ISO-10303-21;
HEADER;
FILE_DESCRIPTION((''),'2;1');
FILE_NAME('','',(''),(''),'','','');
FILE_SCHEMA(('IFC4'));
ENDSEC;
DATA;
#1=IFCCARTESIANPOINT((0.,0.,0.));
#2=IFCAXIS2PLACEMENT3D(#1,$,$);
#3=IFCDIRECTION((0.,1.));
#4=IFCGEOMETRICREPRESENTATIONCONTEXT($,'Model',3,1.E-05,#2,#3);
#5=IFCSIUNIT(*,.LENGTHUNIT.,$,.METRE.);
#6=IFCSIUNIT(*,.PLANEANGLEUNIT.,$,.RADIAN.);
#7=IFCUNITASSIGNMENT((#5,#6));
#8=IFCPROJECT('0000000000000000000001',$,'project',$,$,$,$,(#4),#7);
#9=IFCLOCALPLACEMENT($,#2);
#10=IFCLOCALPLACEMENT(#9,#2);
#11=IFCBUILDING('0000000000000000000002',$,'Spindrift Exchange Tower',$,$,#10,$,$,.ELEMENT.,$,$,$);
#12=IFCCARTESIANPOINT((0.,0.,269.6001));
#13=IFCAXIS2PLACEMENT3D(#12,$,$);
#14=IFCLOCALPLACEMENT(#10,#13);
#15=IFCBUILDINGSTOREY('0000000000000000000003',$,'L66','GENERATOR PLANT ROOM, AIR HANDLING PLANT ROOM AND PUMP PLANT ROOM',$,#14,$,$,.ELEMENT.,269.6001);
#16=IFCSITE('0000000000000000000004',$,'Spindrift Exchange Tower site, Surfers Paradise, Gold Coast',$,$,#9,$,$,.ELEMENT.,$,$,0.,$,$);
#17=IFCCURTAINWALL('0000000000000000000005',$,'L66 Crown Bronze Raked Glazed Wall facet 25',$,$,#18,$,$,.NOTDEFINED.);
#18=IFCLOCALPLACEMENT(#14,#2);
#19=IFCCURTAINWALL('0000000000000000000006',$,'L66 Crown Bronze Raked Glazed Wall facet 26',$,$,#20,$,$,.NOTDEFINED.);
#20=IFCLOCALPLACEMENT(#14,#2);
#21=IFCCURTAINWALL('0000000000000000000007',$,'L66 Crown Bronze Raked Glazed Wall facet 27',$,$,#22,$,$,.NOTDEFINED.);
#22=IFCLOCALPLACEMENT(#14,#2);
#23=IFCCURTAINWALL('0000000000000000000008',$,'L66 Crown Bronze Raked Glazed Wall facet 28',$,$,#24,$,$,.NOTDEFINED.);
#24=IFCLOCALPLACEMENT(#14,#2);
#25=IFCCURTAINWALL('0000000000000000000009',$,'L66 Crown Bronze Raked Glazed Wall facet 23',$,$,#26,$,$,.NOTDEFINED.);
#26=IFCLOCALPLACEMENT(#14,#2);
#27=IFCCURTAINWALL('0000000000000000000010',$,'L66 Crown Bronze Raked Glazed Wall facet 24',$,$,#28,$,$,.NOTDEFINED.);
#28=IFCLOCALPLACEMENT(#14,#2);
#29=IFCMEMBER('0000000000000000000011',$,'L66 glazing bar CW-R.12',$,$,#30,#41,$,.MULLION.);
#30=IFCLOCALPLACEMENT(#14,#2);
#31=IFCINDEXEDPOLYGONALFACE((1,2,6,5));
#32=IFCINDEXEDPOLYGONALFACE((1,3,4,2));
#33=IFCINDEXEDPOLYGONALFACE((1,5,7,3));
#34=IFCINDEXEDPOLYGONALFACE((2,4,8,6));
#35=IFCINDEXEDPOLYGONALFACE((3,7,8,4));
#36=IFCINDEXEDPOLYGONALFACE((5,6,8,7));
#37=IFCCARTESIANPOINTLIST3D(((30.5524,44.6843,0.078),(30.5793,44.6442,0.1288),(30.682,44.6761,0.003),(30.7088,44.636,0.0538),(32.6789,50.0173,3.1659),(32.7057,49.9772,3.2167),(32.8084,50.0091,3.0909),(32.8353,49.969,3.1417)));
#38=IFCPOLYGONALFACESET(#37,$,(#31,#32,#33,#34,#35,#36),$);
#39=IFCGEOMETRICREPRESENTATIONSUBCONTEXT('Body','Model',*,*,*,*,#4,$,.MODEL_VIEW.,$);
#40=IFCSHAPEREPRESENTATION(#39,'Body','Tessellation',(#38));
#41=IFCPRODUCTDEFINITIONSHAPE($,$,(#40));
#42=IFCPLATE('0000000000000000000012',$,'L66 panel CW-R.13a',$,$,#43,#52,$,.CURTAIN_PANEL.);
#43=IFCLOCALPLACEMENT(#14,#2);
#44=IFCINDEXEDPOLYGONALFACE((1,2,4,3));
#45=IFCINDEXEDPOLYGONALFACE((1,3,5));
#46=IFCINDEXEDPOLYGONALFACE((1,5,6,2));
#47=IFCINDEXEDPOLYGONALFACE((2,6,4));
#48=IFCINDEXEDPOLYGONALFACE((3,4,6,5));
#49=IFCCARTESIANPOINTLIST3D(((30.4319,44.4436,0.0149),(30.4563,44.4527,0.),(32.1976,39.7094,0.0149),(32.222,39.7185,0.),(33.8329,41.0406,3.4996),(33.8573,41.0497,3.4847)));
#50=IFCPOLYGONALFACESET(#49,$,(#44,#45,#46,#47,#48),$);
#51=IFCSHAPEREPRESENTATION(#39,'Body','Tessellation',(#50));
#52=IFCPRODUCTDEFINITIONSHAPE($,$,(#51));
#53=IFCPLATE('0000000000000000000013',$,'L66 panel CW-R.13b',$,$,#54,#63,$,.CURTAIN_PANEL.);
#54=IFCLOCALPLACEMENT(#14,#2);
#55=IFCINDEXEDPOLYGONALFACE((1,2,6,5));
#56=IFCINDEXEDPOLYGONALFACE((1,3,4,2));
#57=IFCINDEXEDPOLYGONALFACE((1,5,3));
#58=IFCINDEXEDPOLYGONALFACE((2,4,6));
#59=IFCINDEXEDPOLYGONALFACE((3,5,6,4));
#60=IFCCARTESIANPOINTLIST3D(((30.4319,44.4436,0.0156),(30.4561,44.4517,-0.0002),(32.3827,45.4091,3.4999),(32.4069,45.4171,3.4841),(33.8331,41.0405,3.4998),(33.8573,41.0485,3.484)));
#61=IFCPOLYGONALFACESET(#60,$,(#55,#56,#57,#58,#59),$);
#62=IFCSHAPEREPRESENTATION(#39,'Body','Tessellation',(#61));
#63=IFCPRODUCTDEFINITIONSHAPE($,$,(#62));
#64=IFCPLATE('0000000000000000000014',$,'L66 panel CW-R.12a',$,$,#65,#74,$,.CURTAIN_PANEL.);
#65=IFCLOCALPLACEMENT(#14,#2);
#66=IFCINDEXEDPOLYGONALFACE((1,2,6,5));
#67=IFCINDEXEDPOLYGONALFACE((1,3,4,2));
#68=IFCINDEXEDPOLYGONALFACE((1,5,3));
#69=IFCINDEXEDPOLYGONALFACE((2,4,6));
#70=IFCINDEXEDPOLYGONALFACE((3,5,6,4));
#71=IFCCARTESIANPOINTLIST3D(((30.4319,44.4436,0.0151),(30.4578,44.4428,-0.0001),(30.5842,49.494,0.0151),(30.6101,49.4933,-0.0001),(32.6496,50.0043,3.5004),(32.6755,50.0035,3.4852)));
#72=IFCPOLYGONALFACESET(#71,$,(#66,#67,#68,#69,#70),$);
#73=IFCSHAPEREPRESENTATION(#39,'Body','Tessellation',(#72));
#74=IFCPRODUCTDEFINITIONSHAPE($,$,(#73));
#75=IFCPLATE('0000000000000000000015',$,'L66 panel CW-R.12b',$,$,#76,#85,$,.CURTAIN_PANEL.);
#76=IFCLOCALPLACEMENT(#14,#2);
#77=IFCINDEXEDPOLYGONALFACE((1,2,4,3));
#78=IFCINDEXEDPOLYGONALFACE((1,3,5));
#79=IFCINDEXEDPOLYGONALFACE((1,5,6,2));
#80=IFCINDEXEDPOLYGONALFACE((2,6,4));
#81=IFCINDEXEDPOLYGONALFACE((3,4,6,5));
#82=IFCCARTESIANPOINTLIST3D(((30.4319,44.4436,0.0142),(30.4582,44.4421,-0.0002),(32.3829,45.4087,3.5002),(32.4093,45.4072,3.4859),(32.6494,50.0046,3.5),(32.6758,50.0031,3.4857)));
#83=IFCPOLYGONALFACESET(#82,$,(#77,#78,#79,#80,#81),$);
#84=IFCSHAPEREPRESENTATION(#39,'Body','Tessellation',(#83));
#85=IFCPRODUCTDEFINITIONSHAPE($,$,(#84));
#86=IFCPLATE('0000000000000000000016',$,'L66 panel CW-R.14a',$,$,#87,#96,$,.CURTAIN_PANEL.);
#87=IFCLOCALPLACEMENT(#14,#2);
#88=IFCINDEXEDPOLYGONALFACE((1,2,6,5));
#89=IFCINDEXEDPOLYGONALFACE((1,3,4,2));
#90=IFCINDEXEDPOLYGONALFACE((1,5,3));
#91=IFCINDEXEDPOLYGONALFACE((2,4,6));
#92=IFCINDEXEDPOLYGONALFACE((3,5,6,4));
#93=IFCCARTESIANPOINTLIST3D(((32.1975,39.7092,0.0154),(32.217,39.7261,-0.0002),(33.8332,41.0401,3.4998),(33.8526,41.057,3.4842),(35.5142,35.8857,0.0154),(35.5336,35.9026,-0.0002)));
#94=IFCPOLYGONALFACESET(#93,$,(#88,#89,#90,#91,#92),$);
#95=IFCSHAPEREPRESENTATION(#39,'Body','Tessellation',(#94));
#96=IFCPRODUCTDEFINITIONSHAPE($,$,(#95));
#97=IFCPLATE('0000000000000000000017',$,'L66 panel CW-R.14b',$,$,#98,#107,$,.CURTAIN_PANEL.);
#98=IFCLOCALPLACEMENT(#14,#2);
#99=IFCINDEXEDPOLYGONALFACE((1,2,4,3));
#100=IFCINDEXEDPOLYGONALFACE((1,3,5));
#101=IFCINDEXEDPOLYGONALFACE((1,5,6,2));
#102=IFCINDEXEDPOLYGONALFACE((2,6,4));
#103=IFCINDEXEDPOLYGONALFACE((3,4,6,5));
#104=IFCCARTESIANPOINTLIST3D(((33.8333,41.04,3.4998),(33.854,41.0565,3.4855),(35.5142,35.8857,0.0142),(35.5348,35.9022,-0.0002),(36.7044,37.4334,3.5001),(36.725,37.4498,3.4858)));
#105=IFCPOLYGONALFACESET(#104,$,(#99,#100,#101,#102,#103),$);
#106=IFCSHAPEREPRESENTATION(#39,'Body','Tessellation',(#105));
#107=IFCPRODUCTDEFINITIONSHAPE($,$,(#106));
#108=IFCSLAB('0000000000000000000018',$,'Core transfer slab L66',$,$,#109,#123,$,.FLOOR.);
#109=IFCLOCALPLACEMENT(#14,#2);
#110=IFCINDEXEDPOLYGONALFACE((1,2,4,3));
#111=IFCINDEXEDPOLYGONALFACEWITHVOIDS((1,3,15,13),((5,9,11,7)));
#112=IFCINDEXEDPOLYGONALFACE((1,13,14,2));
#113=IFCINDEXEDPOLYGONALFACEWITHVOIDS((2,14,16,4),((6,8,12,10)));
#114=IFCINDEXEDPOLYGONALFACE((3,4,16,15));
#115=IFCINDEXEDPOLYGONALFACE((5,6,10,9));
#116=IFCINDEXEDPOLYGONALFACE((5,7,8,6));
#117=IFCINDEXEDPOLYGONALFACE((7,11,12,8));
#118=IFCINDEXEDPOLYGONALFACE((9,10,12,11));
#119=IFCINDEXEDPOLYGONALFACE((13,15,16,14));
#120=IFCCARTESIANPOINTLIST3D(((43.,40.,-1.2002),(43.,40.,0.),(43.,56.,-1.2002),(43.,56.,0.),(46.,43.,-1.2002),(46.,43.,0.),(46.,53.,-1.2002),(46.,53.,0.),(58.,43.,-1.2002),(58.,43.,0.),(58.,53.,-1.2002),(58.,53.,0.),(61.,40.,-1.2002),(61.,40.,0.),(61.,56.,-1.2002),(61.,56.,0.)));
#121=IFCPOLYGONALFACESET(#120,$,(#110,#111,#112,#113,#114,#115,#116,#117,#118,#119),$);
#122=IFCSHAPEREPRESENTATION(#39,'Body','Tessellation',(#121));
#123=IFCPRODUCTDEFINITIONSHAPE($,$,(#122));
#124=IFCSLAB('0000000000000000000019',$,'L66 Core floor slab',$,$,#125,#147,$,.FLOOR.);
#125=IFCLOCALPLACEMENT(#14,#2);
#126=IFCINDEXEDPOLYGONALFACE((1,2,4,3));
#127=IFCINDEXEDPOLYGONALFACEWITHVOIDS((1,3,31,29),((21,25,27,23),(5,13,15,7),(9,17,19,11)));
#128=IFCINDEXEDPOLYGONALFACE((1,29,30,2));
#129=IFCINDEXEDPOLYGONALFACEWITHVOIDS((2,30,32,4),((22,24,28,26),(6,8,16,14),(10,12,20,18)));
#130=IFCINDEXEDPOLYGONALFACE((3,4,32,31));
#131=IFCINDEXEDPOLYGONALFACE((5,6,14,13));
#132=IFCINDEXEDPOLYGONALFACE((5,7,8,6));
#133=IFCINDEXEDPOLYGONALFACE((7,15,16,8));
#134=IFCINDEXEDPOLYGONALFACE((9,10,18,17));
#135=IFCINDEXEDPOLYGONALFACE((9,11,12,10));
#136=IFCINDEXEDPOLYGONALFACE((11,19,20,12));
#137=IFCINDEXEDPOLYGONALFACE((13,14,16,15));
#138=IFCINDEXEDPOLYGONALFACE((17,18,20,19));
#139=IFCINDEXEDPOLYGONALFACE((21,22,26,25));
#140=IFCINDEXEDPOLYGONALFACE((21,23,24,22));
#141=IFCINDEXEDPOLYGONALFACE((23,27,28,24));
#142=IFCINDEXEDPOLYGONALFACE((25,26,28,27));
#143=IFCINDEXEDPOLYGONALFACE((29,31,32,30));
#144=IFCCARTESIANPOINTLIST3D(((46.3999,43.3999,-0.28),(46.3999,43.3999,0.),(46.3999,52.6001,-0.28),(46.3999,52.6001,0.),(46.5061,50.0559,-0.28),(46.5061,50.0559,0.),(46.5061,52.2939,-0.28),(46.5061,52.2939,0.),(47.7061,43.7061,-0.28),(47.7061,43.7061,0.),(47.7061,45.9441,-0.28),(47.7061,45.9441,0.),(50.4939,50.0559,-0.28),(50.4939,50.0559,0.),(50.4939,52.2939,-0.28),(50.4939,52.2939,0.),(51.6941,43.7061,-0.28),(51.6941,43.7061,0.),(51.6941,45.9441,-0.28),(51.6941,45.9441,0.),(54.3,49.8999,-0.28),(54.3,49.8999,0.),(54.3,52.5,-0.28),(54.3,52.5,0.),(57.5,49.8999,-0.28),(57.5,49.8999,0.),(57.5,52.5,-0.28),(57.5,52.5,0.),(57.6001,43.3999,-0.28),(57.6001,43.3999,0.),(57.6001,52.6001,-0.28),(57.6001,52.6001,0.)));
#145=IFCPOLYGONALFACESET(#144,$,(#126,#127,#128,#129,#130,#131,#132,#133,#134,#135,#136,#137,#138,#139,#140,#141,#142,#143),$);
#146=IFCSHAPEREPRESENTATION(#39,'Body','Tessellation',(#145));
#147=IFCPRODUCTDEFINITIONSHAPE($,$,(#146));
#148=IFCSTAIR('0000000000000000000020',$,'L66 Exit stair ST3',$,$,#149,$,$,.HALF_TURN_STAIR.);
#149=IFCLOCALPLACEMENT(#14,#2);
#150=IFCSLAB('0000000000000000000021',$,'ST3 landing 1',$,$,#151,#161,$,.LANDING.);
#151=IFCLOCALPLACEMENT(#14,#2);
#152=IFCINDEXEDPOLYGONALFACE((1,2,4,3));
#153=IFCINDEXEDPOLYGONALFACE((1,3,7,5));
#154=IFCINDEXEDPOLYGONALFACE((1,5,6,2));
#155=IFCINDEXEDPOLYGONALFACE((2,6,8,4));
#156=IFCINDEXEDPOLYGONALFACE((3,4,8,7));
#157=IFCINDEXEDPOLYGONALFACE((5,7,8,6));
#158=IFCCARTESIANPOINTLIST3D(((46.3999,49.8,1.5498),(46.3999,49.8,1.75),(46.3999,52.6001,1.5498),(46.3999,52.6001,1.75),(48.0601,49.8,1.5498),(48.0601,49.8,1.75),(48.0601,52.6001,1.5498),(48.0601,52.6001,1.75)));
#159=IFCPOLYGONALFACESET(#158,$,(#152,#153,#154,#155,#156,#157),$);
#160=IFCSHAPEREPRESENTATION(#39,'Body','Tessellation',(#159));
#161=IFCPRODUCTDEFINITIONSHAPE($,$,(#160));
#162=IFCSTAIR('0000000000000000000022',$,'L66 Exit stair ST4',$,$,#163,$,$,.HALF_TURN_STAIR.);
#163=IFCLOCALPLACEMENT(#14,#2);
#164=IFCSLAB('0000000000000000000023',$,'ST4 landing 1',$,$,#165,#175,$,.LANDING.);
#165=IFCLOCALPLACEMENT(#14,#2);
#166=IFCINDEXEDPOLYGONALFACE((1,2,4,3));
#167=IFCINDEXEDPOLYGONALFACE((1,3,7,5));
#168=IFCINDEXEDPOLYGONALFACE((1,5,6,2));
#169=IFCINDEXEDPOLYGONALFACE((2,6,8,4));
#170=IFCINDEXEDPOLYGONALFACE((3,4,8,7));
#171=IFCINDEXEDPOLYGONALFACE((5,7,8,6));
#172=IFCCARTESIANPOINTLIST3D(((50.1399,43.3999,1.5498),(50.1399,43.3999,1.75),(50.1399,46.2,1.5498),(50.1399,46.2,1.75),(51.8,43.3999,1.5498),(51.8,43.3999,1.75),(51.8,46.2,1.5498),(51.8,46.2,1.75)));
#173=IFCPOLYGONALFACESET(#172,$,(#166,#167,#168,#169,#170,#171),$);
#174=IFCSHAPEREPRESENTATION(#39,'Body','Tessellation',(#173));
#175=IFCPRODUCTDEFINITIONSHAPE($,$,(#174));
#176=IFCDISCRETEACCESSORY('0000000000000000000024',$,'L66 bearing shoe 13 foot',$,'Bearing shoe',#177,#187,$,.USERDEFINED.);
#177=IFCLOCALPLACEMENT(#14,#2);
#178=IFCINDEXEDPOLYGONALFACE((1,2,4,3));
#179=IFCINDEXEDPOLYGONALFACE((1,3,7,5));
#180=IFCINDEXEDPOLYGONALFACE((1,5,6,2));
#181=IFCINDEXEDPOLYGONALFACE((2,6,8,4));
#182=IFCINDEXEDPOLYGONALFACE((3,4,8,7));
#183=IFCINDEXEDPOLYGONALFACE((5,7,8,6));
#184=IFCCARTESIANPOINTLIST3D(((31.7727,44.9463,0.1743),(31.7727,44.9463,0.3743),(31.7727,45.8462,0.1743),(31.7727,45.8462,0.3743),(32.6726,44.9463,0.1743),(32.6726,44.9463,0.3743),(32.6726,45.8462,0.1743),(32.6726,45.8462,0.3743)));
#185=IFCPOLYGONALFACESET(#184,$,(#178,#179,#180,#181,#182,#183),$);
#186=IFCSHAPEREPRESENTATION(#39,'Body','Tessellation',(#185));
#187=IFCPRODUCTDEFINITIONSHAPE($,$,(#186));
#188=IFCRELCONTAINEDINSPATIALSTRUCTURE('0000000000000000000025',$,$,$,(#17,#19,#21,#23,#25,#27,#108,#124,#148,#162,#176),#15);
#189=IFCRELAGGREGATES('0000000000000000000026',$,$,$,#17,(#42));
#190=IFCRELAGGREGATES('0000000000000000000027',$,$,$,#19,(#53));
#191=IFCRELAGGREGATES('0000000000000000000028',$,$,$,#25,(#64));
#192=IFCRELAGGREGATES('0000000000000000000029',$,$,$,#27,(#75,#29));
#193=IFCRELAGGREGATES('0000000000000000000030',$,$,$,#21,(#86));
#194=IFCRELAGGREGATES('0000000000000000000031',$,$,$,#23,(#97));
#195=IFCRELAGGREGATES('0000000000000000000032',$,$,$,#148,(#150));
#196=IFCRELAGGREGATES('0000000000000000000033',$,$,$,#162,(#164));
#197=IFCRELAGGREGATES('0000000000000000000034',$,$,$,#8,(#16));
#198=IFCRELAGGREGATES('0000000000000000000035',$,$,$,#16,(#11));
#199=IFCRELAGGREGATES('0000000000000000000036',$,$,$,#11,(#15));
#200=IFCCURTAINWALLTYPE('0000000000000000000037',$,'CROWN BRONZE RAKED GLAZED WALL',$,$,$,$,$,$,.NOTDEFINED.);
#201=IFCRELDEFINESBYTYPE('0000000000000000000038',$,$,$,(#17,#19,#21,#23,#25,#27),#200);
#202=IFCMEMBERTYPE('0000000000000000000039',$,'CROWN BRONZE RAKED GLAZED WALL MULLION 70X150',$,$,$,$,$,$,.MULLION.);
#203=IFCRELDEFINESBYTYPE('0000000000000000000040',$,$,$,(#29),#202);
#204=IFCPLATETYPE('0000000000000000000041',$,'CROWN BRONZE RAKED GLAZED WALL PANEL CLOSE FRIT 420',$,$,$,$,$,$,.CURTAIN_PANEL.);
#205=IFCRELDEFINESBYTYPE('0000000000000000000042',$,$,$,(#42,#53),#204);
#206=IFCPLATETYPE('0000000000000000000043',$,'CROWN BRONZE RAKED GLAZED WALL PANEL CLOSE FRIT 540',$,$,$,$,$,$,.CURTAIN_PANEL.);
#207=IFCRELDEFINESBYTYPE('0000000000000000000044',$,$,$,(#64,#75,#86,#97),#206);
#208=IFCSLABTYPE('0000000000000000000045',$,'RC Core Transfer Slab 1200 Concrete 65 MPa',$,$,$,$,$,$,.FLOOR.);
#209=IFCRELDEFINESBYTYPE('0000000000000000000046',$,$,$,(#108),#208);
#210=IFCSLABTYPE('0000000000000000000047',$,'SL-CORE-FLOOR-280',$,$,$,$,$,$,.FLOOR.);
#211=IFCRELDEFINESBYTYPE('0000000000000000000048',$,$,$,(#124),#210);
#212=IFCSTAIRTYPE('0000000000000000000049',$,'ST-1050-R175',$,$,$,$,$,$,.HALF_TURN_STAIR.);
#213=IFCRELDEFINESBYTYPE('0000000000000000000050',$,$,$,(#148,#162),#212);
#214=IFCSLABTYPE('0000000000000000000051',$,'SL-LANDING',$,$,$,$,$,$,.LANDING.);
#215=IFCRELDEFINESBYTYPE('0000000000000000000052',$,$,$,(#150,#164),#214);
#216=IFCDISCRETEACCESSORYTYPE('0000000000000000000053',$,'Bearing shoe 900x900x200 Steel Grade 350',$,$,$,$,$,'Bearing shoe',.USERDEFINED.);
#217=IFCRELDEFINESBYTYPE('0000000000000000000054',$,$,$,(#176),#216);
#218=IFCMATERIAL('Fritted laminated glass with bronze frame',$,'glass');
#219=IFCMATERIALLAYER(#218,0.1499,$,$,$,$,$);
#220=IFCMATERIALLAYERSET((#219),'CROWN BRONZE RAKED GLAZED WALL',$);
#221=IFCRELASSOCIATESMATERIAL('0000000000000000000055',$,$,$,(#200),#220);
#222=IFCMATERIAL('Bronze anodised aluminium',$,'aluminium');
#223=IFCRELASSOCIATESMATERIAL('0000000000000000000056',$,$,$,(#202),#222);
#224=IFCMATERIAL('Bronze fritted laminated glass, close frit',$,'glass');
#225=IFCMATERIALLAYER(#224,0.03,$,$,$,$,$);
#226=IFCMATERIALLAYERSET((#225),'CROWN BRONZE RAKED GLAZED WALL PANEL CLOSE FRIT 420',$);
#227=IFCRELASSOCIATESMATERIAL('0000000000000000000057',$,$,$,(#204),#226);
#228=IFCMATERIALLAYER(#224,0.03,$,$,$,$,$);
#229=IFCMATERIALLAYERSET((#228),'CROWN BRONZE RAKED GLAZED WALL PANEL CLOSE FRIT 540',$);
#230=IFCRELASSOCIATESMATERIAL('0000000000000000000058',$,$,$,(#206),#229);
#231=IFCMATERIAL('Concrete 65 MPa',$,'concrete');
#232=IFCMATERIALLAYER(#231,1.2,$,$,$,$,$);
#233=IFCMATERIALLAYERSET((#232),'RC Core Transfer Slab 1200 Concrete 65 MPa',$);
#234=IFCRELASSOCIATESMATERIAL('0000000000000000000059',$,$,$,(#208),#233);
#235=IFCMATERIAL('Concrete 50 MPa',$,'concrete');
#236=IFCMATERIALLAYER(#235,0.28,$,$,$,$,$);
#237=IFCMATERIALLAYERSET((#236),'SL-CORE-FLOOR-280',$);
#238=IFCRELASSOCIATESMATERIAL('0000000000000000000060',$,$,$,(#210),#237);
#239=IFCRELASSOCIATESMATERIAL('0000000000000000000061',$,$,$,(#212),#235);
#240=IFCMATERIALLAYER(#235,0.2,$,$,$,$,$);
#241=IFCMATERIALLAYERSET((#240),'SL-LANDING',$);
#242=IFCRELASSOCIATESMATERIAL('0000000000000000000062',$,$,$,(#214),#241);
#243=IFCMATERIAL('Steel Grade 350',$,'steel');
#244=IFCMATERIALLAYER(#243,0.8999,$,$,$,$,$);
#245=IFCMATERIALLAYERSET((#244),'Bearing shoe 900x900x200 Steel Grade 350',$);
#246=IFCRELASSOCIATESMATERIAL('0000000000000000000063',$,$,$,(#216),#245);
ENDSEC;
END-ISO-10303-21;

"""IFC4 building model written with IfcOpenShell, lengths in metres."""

from ifc_helpers import new_model, si_unit, direction, frame, origin, origin_2d, place, context, subcontext, project, spatial, line, indexed_curve, rectangle, outline, extrude, source, transform, mapped, material, layer, layer_set, material_profile, profile_set, type_object, element, aggregate, save


model = new_model("IFC4")

# Units and contexts
model_context = context("Model", 3, precision=1e-05, world=origin(), true_north=direction((0.0, 1.0)))
body_context = subcontext(model_context, "Body", "Model", "MODEL_VIEW")
ifc_project = project(units=[si_unit("LENGTHUNIT", "METRE"), si_unit("PLANEANGLEUNIT", "RADIAN")], contexts=[model_context])

# Site, building, storey
site_placement = place(None, origin())
site = spatial("IfcSite", under=ifc_project, at=site_placement, Name="Spindrift Exchange Tower site, Surfers Paradise, Gold Coast", CompositionType="ELEMENT", RefElevation=0.0)
building_placement = place(site_placement, origin())
building = spatial("IfcBuilding", under=site, at=building_placement, Name="Spindrift Exchange Tower", CompositionType="ELEMENT")
storey_placement = place(building_placement, frame((0.0, 0.0, 269.6001)))
storey = spatial("IfcBuildingStorey", under=building, at=storey_placement, Name="L66", Description="GENERATOR PLANT ROOM, AIR HANDLING PLANT ROOM AND PUMP PLANT ROOM", CompositionType="ELEMENT", Elevation=269.6001)

# Curtain wall
ifc_material_1 = material(Name="Fritted laminated glass with bronze frame", Category="glass")
ifc_layer_1 = layer(ifc_material_1, 0.1499)
ifc_layer_set_1 = layer_set([ifc_layer_1], Name="CROWN BRONZE RAKED GLAZED WALL")
curtain_wall_type = type_object("IfcCurtainWallType", Name="CROWN BRONZE RAKED GLAZED WALL", PredefinedType="NOTDEFINED", material=ifc_layer_set_1)
curtain_wall_1_placement = place(storey_placement, origin())
curtain_wall_1 = element("IfcCurtainWall", 1, at=curtain_wall_1_placement, inside=storey, type_object=curtain_wall_type, Name="L66 Crown Bronze Raked Glazed Wall facet 25", PredefinedType="NOTDEFINED")
ifc_material_2 = material(Name="Bronze anodised aluminium", Category="aluminium")

# Curtain wall
curtain_wall_2_placement = place(storey_placement, origin())
curtain_wall_2 = element("IfcCurtainWall", 2, at=curtain_wall_2_placement, inside=storey, type_object=curtain_wall_type, Name="L66 Crown Bronze Raked Glazed Wall facet 26", PredefinedType="NOTDEFINED")
ifc_material_profile_1 = material_profile(ifc_material_2, rectangle(XDim=0.0701, YDim=0.1499, at=origin_2d()), Name="CROWN BRONZE RAKED GLAZED WALL MULLION 70X150")
ifc_profile_set_1 = profile_set([ifc_material_profile_1], Name="Bronze anodised aluminium")
member_type_1 = type_object("IfcMemberType", Name="CROWN BRONZE RAKED GLAZED WALL MULLION 70X150", PredefinedType="MULLION", material=ifc_profile_set_1)

# Curtain walls
curtain_wall_3_placement = place(storey_placement, origin())
curtain_wall_3 = element("IfcCurtainWall", 3, at=curtain_wall_3_placement, inside=storey, type_object=curtain_wall_type, Name="L66 Crown Bronze Raked Glazed Wall facet 27", PredefinedType="NOTDEFINED")
curtain_wall_4_placement = place(storey_placement, origin())
curtain_wall_4 = element("IfcCurtainWall", 4, at=curtain_wall_4_placement, inside=storey, type_object=curtain_wall_type, Name="L66 Crown Bronze Raked Glazed Wall facet 28", PredefinedType="NOTDEFINED")

# Curtain wall
curtain_wall_5_placement = place(storey_placement, origin())
curtain_wall_5 = element("IfcCurtainWall", 5, at=curtain_wall_5_placement, inside=storey, type_object=curtain_wall_type, Name="L66 Crown Bronze Raked Glazed Wall facet 23", PredefinedType="NOTDEFINED")

# Curtain wall, member
curtain_wall_6_placement = place(storey_placement, origin())
curtain_wall_6 = element("IfcCurtainWall", 6, at=curtain_wall_6_placement, inside=storey, type_object=curtain_wall_type, Name="L66 Crown Bronze Raked Glazed Wall facet 24", PredefinedType="NOTDEFINED")
shared_shape_1 = source(origin(), body_context, "Body", "SweptSolid", [
    extrude(rectangle(XDim=0.0701, YDim=0.1499, at=origin_2d()), origin(), (0.0, 0.0, 1.0), 6.519),
])
member_1_placement = place(storey_placement, frame((30.6306, 44.6602, 0.0659), z_axis=(0.326193, 0.818066, 0.473673), x_axis=(-0.383072, 0.572487, -0.724924)))
member_1 = element("IfcMember", 7, at=member_1_placement, type_object=member_type_1, Name="L66 glazing bar CW-R.12", PredefinedType="MULLION", context=body_context, shape_type="MappedRepresentation", body=[
    mapped(shared_shape_1, transform((0.0, 0.0, 0.0), scale=1.0)),
])

# Plates
ifc_material_3 = material(Name="Bronze fritted laminated glass, close frit", Category="glass")
ifc_layer_2 = layer(ifc_material_3, 0.03)
ifc_layer_set_2 = layer_set([ifc_layer_2], Name="CROWN BRONZE RAKED GLAZED WALL PANEL CLOSE FRIT 420")
plate_type_1 = type_object("IfcPlateType", Name="CROWN BRONZE RAKED GLAZED WALL PANEL CLOSE FRIT 420", PredefinedType="CURTAIN_PANEL", material=ifc_layer_set_2)
plate_1_placement = place(storey_placement, frame((30.4319, 44.4436, 0.0149), z_axis=(-0.812887, -0.303182, 0.497288), x_axis=(0.349455, -0.936953, 0.0)))
plate_1 = element("IfcPlate", 8, at=plate_1_placement, type_object=plate_type_1, Name="L66 panel CW-R.13a", PredefinedType="CURTAIN_PANEL", context=body_context, shape_type="SweptSolid", body=[
    extrude(outline(indexed_curve([(0.0, 0.0), (5.0527, 0.0), (4.377, 4.0166)], segments=[line(1, 2, 3, 1)], self_intersect=False)), origin(), (0.0, 0.0, -1.0), 0.03),
])
aggregate(curtain_wall_1, [plate_1])
plate_2_placement = place(storey_placement, frame((30.4319, 44.4436, 0.0156), z_axis=(-0.807084, -0.267961, 0.52613), x_axis=(0.572546, -0.572875, 0.586519)))
plate_2 = element("IfcPlate", 9, at=plate_2_placement, type_object=plate_type_1, Name="L66 panel CW-R.13b", PredefinedType="CURTAIN_PANEL", context=body_context, shape_type="SweptSolid", body=[
    extrude(outline(indexed_curve([(0.0, 0.0), (5.9404, 0.0), (2.6074, 3.1748)], segments=[line(1, 2, 3, 1)], self_intersect=False)), origin(), (0.0, 0.0, -1.0), 0.03),
])
aggregate(curtain_wall_2, [plate_2])
ifc_layer_3 = layer(ifc_material_3, 0.03)
ifc_layer_set_3 = layer_set([ifc_layer_3], Name="CROWN BRONZE RAKED GLAZED WALL PANEL CLOSE FRIT 540")
plate_type_2 = type_object("IfcPlateType", Name="CROWN BRONZE RAKED GLAZED WALL PANEL CLOSE FRIT 540", PredefinedType="CURTAIN_PANEL", material=ifc_layer_set_3)
plate_3_placement = place(storey_placement, frame((30.4319, 44.4436, 0.0151), z_axis=(-0.861657, 0.02599, 0.506826), x_axis=(0.030149, 0.999545, 0.0)))
plate_3 = element("IfcPlate", 10, at=plate_3_placement, type_object=plate_type_2, Name="L66 panel CW-R.12a", PredefinedType="CURTAIN_PANEL", context=body_context, shape_type="SweptSolid", body=[
    extrude(outline(indexed_curve([(0.0, 0.0), (5.0527, 0.0), (5.625, -4.043)], segments=[line(1, 2, 3, 1)], self_intersect=False)), origin(), (0.0, 0.0, -1.0), 0.03),
])
aggregate(curtain_wall_5, [plate_3])
plate_4_placement = place(storey_placement, frame((30.4319, 44.4436, 0.0142), z_axis=(-0.877438, 0.050901, 0.476982), x_axis=(0.320094, 0.80272, 0.503171)))
plate_4 = element("IfcPlate", 11, at=plate_4_placement, type_object=plate_type_2, Name="L66 panel CW-R.12b", PredefinedType="CURTAIN_PANEL", context=body_context, shape_type="SweptSolid", body=[
    extrude(outline(indexed_curve([(0.0, 0.0), (6.9277, 0.0), (3.1533, -2.6357)], segments=[line(1, 2, 3, 1)], self_intersect=False)), origin(), (0.0, 0.0, -1.0), 0.03),
])
aggregate(curtain_wall_6, [plate_4, member_1])
plate_5_placement = place(storey_placement, frame((35.5142, 35.8857, 0.0154), z_axis=(-0.646354, -0.560669, 0.517568), x_axis=(-0.655261, 0.755403, 0.0)))
plate_5 = element("IfcPlate", 12, at=plate_5_placement, type_object=plate_type_2, Name="L66 panel CW-R.14a", PredefinedType="CURTAIN_PANEL", context=body_context, shape_type="SweptSolid", body=[
    extrude(outline(indexed_curve([(0.0, 0.0), (5.0615, 0.0), (4.9951, -4.0723)], segments=[line(1, 2, 3, 1)], self_intersect=False)), origin(), (0.0, 0.0, -1.0), 0.03),
])
aggregate(curtain_wall_3, [plate_5])
plate_6_placement = place(storey_placement, frame((35.5142, 35.8857, 0.0142), z_axis=(-0.687387, -0.547156, 0.477618), x_axis=(-0.260784, 0.799699, 0.540809)))
plate_6 = element("IfcPlate", 13, at=plate_6_placement, type_object=plate_type_2, Name="L66 panel CW-R.14b", PredefinedType="CURTAIN_PANEL", context=body_context, shape_type="SweptSolid", body=[
    extrude(outline(indexed_curve([(0.0, 0.0), (6.4453, 0.0), (2.8125, -2.8379)], segments=[line(1, 2, 3, 1)], self_intersect=False)), origin(), (0.0, 0.0, -1.0), 0.03),
])
aggregate(curtain_wall_4, [plate_6])

# Slabs
ifc_material_4 = material(Name="Concrete 65 MPa", Category="concrete")
ifc_layer_4 = layer(ifc_material_4, 1.2)
ifc_layer_set_4 = layer_set([ifc_layer_4], Name="RC Core Transfer Slab 1200 Concrete 65 MPa")
slab_type_1 = type_object("IfcSlabType", Name="RC Core Transfer Slab 1200 Concrete 65 MPa", PredefinedType="FLOOR", material=ifc_layer_set_4)
slab_1_placement = place(storey_placement, frame((0.0, 0.0, -1.2002)))
element("IfcSlab", 14, at=slab_1_placement, inside=storey, type_object=slab_type_1, Name="Core transfer slab L66", PredefinedType="FLOOR", context=body_context, shape_type="SweptSolid", body=[
    extrude(outline(indexed_curve([(43.0, 40.0), (61.0, 40.0), (61.0, 56.0), (43.0, 56.0)], segments=[line(1, 2, 3, 4, 1)], self_intersect=False), holes=[indexed_curve([(46.0, 43.0), (58.0, 43.0), (58.0, 53.0), (46.0, 53.0)], segments=[line(1, 2, 3, 4, 1)], self_intersect=False)]), origin(), (0.0, 0.0, 1.0), 1.2002),
])
ifc_material_5 = material(Name="Concrete 50 MPa", Category="concrete")
ifc_layer_5 = layer(ifc_material_5, 0.28)
ifc_layer_set_5 = layer_set([ifc_layer_5], Name="SL-CORE-FLOOR-280")
slab_type_2 = type_object("IfcSlabType", Name="SL-CORE-FLOOR-280", PredefinedType="FLOOR", material=ifc_layer_set_5)
slab_2_placement = place(storey_placement, frame((0.0, 0.0, -0.28)))
element("IfcSlab", 15, at=slab_2_placement, inside=storey, type_object=slab_type_2, Name="L66 Core floor slab", PredefinedType="FLOOR", context=body_context, shape_type="SweptSolid", body=[
    extrude(outline(indexed_curve([(46.3999, 43.3999), (46.3999, 52.6001), (57.6001, 52.6001), (57.6001, 43.3999)], segments=[line(1, 2, 3, 4, 1)], self_intersect=False), holes=[indexed_curve([(47.7061, 43.7061), (51.6941, 43.7061), (51.6941, 45.9441), (47.7061, 45.9441)], segments=[line(1, 2, 3, 4, 1)], self_intersect=False), indexed_curve([(50.4939, 50.0559), (50.4939, 52.2939), (46.5061, 52.2939), (46.5061, 50.0559)], segments=[line(1, 2, 3, 4, 1)], self_intersect=False), indexed_curve([(54.3, 49.8999), (57.5, 49.8999), (57.5, 52.5), (54.3, 52.5)], segments=[line(1, 2, 3, 4, 1)], self_intersect=False)]), origin(), (0.0, 0.0, 1.0), 0.28),
])

# Stairs, slabs
stair_type = type_object("IfcStairType", Name="ST-1050-R175", PredefinedType="HALF_TURN_STAIR", material=ifc_material_5)
stair_1_placement = place(storey_placement, origin())
stair_1 = element("IfcStair", 16, at=stair_1_placement, inside=storey, type_object=stair_type, Name="L66 Exit stair ST3", PredefinedType="HALF_TURN_STAIR")
ifc_layer_6 = layer(ifc_material_5, 0.2)
ifc_layer_set_6 = layer_set([ifc_layer_6], Name="SL-LANDING")
slab_type_3 = type_object("IfcSlabType", Name="SL-LANDING", PredefinedType="LANDING", material=ifc_layer_set_6)
slab_3_placement = place(storey_placement, frame((0.0, 0.0, 1.5498)))
slab_3 = element("IfcSlab", 17, at=slab_3_placement, type_object=slab_type_3, Name="ST3 landing 1", PredefinedType="LANDING", context=body_context, shape_type="SweptSolid", body=[
    extrude(outline(indexed_curve([(48.0601, 49.8), (46.3999, 49.8), (46.3999, 52.6001), (48.0601, 52.6001)], segments=[line(1, 2, 3, 4, 1)], self_intersect=False)), origin(), (0.0, 0.0, 1.0), 0.2002),
])
aggregate(stair_1, [slab_3])
stair_2_placement = place(storey_placement, origin())
stair_2 = element("IfcStair", 18, at=stair_2_placement, inside=storey, type_object=stair_type, Name="L66 Exit stair ST4", PredefinedType="HALF_TURN_STAIR")
slab_4_placement = place(storey_placement, frame((0.0, 0.0, 1.5498)))
slab_4 = element("IfcSlab", 19, at=slab_4_placement, type_object=slab_type_3, Name="ST4 landing 1", PredefinedType="LANDING", context=body_context, shape_type="SweptSolid", body=[
    extrude(outline(indexed_curve([(50.1399, 46.2), (51.8, 46.2), (51.8, 43.3999), (50.1399, 43.3999)], segments=[line(1, 2, 3, 4, 1)], self_intersect=False)), origin(), (0.0, 0.0, 1.0), 0.2002),
])
aggregate(stair_2, [slab_4])

# Discrete accessory
ifc_material_6 = material(Name="Steel Grade 350", Category="steel")
ifc_layer_7 = layer(ifc_material_6, 0.8999)
ifc_layer_set_7 = layer_set([ifc_layer_7], Name="Bearing shoe 900x900x200 Steel Grade 350")
discrete_accessory_type = type_object("IfcDiscreteAccessoryType", Name="Bearing shoe 900x900x200 Steel Grade 350", ElementType="Bearing shoe", PredefinedType="USERDEFINED", material=ifc_layer_set_7)
shared_shape_2 = source(origin(), body_context, "Body", "SweptSolid", [
    extrude(rectangle(XDim=0.8999, YDim=0.8999, at=origin_2d()), origin(), (0.0, 0.0, 1.0), 0.2),
])
for number, where, z_axis, x_axis, name in (
    (20, (32.2227, 45.3962, 0.1743), (0.0, 0.0, 1.0), (1.0, 0.0, 0.0), "L66 bearing shoe 13 foot"),
):
    element("IfcDiscreteAccessory", number, at=place(storey_placement, frame(where, z_axis=z_axis, x_axis=x_axis)), inside=storey, type_object=discrete_accessory_type, Name=name, ObjectType="Bearing shoe", PredefinedType="USERDEFINED", context=body_context, shape_type="MappedRepresentation", body=[
        mapped(shared_shape_2, transform((0.0, 0.0, 0.0), scale=1.0)),
    ])

save(model, "model.ifc")
